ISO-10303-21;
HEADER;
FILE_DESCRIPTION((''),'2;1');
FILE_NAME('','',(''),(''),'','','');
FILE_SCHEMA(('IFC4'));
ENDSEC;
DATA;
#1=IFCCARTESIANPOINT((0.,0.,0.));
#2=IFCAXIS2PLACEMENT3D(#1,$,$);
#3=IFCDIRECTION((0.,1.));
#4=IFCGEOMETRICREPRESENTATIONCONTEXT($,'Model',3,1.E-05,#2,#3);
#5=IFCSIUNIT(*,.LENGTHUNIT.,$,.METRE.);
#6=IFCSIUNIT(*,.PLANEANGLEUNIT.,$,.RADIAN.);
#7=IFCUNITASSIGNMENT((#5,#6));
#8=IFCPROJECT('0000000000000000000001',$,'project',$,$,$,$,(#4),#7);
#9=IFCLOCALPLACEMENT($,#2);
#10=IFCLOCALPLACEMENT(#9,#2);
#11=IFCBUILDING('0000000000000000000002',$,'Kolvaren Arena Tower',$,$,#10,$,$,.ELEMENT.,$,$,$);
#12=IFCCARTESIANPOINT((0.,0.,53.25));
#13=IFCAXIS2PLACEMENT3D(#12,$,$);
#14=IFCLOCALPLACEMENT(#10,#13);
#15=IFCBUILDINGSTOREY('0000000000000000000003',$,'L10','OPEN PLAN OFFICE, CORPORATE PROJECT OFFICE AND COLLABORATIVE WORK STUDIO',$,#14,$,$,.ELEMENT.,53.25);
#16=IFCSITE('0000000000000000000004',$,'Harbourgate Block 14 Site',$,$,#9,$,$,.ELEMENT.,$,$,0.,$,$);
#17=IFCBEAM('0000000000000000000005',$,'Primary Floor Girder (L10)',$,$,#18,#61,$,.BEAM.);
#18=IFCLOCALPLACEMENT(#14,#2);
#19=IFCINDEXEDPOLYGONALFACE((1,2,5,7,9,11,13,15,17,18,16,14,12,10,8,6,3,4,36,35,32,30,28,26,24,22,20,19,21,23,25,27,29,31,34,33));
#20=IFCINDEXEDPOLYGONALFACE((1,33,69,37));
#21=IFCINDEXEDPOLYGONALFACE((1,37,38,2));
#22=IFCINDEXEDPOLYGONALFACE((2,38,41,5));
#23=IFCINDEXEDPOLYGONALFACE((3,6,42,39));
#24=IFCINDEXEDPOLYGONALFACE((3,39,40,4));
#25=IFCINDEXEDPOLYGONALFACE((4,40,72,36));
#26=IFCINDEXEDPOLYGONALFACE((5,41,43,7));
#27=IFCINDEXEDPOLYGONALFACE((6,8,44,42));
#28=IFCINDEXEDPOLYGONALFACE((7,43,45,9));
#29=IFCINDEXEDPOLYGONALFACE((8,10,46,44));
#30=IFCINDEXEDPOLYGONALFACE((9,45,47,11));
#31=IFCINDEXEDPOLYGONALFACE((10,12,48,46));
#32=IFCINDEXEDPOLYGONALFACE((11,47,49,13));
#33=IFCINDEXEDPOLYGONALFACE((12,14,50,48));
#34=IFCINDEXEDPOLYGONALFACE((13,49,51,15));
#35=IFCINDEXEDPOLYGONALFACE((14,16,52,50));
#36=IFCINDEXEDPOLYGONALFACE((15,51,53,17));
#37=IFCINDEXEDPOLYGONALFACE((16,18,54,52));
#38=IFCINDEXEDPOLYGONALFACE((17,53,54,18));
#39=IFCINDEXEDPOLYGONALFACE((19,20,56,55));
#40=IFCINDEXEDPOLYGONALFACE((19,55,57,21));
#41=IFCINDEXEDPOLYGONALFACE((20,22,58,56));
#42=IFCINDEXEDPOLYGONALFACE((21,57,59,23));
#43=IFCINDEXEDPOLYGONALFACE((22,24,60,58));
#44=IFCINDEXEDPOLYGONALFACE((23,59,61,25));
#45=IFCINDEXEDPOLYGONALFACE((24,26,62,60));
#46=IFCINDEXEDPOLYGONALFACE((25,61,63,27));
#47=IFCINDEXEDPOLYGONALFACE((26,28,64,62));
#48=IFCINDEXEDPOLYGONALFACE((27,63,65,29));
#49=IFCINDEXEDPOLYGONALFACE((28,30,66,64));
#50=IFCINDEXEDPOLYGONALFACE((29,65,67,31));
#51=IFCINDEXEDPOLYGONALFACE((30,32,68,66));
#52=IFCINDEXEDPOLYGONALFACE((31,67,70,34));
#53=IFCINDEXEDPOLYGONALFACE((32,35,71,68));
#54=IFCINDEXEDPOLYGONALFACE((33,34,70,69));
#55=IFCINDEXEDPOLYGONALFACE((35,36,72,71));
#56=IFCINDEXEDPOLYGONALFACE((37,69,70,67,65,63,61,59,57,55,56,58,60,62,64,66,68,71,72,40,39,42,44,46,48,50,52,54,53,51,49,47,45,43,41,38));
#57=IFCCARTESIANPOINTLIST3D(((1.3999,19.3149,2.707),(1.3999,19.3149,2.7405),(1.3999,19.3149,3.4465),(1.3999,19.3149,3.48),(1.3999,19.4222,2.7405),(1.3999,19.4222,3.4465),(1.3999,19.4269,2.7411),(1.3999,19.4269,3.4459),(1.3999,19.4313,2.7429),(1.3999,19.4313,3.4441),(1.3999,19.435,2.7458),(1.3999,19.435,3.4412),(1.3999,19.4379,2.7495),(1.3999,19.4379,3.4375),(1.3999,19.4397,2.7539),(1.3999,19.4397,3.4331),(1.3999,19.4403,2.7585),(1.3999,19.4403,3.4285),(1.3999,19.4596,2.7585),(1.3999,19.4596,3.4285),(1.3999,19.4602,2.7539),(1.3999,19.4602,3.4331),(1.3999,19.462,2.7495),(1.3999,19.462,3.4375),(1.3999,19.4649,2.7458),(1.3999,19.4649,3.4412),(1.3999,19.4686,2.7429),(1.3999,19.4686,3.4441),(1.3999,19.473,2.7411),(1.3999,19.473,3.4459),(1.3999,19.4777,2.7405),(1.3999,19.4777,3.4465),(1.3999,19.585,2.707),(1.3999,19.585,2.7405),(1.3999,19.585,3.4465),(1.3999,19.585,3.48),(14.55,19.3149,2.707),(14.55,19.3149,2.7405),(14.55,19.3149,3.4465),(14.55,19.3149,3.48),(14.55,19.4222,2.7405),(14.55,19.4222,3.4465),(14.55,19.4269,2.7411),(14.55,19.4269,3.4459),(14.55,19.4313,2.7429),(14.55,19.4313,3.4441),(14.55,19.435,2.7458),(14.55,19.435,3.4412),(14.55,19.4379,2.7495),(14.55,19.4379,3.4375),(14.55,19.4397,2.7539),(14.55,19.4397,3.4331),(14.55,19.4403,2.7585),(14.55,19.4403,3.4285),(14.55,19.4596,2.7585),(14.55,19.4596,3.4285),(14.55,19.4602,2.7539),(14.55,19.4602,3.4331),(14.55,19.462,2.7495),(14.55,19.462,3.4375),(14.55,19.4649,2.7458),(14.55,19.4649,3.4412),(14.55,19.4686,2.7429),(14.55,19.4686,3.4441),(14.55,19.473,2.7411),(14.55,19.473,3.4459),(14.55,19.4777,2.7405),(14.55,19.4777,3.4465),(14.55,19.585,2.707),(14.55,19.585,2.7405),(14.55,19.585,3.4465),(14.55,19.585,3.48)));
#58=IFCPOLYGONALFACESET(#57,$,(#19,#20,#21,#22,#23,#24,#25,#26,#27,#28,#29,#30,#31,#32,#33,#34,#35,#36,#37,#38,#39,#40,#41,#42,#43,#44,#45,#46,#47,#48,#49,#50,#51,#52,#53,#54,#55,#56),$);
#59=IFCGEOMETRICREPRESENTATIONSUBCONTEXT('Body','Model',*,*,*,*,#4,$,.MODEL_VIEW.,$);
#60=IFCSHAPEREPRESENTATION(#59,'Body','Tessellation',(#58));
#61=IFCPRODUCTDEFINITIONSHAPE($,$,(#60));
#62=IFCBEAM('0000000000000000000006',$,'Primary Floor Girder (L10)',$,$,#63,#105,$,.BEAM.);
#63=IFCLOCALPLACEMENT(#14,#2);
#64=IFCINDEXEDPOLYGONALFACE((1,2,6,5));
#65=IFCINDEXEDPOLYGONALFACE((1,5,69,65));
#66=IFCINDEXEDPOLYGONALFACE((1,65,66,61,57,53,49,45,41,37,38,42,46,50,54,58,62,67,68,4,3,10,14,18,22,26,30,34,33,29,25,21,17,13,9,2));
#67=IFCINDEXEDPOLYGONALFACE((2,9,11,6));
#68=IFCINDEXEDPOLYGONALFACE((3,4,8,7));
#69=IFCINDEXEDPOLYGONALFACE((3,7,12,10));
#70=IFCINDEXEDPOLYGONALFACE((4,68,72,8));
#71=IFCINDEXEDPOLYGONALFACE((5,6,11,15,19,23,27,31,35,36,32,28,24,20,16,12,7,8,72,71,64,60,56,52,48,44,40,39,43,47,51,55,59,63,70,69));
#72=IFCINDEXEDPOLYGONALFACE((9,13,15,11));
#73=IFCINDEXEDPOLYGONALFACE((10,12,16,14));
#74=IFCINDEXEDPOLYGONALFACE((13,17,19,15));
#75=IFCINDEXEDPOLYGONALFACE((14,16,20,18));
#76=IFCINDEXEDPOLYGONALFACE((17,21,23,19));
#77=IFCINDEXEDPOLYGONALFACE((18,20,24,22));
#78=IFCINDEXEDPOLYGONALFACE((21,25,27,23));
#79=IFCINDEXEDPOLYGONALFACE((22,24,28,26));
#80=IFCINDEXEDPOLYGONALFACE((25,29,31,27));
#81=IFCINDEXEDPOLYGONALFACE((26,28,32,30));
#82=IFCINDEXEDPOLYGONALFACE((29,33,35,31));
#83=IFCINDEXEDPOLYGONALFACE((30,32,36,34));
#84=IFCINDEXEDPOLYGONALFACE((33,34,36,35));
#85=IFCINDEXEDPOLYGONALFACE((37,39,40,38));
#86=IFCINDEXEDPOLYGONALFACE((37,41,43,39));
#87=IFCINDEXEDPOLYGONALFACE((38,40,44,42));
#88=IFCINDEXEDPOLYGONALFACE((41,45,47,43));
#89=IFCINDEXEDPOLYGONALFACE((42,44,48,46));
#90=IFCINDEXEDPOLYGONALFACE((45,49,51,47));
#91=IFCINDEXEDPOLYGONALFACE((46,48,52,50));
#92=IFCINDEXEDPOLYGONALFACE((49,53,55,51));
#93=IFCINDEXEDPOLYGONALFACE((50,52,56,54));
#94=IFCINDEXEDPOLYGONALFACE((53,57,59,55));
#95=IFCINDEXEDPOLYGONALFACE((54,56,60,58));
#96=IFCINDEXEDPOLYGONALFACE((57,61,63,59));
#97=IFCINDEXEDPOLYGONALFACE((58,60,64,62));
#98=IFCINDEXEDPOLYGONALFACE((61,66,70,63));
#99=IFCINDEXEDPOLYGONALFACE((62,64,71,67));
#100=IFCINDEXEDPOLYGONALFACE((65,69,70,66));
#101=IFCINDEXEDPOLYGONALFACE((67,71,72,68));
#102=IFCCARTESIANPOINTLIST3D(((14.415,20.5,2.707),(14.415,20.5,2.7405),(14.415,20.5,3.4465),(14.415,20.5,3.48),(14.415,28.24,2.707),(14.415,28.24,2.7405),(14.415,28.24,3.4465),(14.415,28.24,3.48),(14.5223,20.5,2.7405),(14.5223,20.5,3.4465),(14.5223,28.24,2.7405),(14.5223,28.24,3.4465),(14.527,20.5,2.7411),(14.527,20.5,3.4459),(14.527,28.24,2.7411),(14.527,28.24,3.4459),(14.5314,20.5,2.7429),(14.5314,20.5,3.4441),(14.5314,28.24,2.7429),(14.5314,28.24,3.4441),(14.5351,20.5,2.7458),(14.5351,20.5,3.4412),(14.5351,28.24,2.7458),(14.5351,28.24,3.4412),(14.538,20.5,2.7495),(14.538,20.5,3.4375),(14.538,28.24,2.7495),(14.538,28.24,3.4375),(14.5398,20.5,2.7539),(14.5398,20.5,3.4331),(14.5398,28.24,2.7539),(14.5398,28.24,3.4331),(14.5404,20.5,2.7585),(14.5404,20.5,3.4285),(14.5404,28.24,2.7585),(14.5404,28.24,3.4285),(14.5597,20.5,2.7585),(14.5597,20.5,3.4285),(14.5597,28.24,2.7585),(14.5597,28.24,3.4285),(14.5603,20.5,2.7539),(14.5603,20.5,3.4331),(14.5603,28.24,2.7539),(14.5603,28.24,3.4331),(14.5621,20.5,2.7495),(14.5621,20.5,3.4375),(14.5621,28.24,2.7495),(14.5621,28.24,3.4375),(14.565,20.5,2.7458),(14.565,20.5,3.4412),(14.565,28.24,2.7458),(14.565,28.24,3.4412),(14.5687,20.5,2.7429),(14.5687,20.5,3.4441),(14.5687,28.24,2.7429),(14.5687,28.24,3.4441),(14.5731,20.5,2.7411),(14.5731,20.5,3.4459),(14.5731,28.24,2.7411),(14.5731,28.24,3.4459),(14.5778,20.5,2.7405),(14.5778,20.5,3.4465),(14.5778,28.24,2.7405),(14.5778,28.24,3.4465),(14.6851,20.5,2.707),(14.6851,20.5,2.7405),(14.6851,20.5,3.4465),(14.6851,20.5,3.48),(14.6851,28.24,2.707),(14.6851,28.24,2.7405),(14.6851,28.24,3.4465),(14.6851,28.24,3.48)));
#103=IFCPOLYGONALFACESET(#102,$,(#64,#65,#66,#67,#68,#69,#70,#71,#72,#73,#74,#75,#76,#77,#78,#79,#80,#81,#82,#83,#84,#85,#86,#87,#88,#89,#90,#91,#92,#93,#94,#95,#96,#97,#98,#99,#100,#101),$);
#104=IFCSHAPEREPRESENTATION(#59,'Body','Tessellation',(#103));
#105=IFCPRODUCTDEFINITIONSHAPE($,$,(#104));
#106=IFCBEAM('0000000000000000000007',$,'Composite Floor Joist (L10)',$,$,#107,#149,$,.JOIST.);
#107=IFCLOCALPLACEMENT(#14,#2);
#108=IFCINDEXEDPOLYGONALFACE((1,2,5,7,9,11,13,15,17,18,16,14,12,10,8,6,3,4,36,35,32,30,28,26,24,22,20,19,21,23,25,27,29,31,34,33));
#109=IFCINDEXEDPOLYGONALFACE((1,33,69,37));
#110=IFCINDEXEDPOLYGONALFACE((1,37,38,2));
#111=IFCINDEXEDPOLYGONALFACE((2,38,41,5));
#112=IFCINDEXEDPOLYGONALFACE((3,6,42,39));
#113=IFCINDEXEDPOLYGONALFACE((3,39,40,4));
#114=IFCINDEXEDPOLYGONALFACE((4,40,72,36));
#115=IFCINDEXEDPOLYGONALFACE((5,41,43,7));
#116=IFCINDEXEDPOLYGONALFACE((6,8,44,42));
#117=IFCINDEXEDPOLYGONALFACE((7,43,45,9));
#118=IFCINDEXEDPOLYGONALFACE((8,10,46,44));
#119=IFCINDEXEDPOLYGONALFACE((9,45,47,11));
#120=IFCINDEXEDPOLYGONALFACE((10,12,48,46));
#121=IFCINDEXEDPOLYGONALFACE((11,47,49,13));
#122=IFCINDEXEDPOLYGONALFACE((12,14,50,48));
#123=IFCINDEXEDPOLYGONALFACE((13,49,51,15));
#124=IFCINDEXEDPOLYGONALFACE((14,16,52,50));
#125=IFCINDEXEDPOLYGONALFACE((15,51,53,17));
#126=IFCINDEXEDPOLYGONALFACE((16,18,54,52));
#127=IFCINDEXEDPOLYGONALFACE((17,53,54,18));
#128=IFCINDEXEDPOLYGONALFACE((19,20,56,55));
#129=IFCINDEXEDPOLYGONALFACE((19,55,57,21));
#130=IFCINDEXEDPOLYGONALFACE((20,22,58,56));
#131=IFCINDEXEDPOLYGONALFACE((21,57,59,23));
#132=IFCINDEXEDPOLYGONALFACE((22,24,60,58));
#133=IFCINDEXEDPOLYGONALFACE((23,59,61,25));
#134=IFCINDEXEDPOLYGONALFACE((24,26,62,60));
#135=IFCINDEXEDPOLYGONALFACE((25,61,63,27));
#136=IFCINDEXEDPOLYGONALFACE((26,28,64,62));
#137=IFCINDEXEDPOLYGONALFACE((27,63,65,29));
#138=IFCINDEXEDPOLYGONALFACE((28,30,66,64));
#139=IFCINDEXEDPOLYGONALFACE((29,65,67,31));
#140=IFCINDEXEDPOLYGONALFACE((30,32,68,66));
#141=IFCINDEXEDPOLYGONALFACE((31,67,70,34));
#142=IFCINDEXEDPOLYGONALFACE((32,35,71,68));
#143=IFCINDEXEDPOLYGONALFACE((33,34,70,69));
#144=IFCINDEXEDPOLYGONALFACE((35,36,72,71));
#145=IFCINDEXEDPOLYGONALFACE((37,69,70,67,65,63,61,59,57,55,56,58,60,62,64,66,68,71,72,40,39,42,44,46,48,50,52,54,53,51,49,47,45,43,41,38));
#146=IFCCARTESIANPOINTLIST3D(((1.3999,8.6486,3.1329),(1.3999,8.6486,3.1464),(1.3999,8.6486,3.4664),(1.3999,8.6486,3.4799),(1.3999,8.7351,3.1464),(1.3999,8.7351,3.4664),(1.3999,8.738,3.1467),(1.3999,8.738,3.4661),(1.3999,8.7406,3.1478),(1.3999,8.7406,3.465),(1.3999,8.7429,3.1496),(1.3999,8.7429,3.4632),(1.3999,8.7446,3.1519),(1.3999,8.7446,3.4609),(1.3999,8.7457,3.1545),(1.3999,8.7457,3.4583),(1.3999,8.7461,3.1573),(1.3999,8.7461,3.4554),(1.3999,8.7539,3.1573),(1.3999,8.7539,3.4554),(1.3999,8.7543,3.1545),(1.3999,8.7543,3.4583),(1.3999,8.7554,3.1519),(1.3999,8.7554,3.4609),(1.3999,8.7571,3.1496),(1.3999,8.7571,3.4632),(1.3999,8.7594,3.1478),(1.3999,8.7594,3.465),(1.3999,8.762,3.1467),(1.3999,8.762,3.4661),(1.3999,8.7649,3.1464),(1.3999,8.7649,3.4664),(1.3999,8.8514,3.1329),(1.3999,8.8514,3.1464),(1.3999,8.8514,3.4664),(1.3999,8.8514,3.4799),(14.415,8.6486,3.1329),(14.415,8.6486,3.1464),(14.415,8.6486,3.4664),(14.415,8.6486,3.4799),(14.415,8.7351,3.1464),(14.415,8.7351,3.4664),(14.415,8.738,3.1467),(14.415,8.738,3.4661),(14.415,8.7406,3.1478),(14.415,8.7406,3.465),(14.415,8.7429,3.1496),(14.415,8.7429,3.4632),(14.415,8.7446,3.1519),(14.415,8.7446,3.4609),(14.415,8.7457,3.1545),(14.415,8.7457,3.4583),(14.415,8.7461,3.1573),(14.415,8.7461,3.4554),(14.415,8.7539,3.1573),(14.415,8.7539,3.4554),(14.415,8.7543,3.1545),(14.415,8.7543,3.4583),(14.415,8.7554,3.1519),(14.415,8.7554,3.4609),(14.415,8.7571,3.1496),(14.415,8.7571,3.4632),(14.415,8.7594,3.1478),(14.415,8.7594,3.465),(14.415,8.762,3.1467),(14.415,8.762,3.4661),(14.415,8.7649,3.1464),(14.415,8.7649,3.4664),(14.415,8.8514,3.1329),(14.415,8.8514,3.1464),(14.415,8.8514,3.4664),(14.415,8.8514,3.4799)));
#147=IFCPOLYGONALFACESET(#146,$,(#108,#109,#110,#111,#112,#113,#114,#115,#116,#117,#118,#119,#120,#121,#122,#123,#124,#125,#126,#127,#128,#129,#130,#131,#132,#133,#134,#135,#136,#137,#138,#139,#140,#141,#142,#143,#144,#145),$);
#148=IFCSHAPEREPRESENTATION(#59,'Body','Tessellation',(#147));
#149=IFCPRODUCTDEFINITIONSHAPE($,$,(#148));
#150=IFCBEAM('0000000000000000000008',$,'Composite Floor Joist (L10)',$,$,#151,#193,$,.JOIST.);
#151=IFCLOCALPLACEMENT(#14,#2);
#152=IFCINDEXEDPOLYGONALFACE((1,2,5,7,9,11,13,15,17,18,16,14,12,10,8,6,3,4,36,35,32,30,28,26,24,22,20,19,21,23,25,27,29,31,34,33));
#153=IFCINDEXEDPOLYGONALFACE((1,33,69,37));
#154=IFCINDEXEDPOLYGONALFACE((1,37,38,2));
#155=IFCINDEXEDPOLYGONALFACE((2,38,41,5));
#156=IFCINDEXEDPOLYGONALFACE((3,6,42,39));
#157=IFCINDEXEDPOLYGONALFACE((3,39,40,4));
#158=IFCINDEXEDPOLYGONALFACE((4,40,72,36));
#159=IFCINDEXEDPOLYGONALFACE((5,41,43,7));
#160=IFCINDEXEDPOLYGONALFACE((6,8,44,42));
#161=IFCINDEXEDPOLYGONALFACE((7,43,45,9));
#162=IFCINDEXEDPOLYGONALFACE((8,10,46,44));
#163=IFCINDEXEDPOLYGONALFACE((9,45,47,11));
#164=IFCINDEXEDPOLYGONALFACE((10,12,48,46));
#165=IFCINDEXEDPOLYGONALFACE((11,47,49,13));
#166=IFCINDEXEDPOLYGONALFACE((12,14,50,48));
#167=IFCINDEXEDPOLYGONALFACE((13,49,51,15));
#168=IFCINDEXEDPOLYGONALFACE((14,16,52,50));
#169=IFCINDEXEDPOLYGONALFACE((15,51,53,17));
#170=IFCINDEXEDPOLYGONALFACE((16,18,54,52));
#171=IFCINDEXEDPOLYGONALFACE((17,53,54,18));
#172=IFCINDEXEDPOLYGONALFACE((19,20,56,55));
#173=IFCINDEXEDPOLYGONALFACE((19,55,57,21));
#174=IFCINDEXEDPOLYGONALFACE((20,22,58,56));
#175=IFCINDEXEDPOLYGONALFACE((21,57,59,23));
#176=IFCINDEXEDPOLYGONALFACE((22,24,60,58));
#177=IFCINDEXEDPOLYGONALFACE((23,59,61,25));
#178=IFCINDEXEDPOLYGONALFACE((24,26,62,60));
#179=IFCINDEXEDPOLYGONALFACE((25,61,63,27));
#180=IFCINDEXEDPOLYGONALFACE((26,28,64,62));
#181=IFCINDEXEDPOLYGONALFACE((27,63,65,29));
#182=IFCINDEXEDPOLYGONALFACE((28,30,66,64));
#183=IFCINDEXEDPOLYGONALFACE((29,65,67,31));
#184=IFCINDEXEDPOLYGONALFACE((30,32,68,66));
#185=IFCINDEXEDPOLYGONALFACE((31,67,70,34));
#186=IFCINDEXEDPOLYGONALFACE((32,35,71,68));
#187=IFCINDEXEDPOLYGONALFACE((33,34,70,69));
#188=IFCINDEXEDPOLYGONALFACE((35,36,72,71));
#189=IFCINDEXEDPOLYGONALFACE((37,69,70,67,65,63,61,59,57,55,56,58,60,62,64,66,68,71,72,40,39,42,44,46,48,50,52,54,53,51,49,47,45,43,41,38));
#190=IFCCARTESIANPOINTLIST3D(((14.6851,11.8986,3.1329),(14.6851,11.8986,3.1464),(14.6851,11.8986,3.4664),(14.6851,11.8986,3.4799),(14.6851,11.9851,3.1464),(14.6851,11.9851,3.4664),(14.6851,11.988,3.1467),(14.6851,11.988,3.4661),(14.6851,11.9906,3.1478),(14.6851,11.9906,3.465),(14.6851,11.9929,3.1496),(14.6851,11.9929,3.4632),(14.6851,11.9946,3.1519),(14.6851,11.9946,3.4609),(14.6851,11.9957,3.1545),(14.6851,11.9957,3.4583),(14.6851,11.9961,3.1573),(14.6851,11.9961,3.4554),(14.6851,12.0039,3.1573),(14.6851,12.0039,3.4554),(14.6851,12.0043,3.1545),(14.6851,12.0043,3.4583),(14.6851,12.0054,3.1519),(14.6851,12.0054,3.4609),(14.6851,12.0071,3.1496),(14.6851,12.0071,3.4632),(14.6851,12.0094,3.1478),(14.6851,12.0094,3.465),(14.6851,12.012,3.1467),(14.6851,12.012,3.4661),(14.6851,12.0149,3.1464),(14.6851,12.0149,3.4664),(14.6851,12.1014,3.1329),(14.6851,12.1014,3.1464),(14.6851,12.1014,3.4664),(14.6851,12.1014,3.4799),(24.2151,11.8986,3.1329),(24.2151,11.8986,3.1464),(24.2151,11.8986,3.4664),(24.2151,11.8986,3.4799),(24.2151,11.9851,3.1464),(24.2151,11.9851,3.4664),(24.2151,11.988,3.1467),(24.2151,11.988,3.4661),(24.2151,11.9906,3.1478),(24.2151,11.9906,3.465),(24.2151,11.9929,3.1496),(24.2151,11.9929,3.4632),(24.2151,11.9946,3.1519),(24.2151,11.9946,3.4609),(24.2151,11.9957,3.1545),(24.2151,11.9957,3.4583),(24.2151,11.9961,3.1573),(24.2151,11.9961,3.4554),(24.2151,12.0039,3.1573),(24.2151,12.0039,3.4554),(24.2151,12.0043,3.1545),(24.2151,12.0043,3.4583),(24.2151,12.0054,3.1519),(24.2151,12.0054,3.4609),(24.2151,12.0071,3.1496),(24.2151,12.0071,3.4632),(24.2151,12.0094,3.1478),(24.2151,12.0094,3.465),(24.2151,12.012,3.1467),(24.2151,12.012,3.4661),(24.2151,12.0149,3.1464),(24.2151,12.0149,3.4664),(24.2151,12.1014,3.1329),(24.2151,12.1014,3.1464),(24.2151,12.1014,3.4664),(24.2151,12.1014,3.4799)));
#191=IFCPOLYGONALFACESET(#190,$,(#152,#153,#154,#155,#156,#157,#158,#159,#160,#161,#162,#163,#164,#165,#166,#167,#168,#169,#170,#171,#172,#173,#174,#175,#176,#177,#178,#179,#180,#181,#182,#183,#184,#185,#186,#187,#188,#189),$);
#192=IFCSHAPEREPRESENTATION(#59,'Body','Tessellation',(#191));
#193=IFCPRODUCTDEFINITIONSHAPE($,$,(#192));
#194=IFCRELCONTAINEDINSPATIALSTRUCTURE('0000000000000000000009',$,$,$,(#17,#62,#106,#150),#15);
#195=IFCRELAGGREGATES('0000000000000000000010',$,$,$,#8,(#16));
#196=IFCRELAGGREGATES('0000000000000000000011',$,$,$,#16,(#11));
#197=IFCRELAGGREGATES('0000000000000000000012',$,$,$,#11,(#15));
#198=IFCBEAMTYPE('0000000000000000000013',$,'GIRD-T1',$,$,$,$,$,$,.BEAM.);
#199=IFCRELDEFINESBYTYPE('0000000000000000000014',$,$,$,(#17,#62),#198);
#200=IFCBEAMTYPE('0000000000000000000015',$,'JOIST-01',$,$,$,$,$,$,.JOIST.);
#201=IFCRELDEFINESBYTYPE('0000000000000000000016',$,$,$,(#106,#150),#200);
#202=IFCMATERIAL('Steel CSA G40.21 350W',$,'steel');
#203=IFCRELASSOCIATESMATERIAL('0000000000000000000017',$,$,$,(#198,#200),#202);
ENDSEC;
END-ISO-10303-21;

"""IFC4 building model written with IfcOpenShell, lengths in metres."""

from ifc_helpers import new_model, si_unit, direction, frame, origin, origin_2d, place, context, subcontext, project, spatial, i_section, extrude, material, material_profile, profile_set, type_object, element, save


model = new_model("IFC4")

# Units and contexts
model_context = context("Model", 3, precision=1e-05, world=origin(), true_north=direction((0.0, 1.0)))
body_context = subcontext(model_context, "Body", "Model", "MODEL_VIEW")
ifc_project = project(units=[si_unit("LENGTHUNIT", "METRE"), si_unit("PLANEANGLEUNIT", "RADIAN")], contexts=[model_context])

# Site, building, storey
site_placement = place(None, origin())
site = spatial("IfcSite", under=ifc_project, at=site_placement, Name="Harbourgate Block 14 Site", CompositionType="ELEMENT", RefElevation=0.0)
building_placement = place(site_placement, origin())
building = spatial("IfcBuilding", under=site, at=building_placement, Name="Kolvaren Arena Tower", CompositionType="ELEMENT")
storey_placement = place(building_placement, frame((0.0, 0.0, 53.25)))
storey = spatial("IfcBuildingStorey", under=building, at=storey_placement, Name="L10", Description="OPEN PLAN OFFICE, CORPORATE PROJECT OFFICE AND COLLABORATIVE WORK STUDIO", CompositionType="ELEMENT", Elevation=53.25)

# Beams
ifc_material_1 = material(Name="Steel CSA G40.21 350W", Category="steel")
ifc_material_profile_1 = material_profile(ifc_material_1, i_section(OverallWidth=0.27, OverallDepth=0.7729, WebThickness=0.0193, FlangeThickness=0.0334, FilletRadius=0.0181, at=origin_2d()), Name="W760x257")
ifc_profile_set_1 = profile_set([ifc_material_profile_1], Name="Steel CSA G40.21 350W")
beam_type_1 = type_object("IfcBeamType", Name="GIRD-T1", PredefinedType="BEAM", material=ifc_profile_set_1)
beam_1_placement = place(storey_placement, frame((1.3999, 19.45, 3.0935), z_axis=(1.0, 0.0, 0.0), x_axis=(0.0, 1.0, 0.0)))
element("IfcBeam", 1, at=beam_1_placement, inside=storey, type_object=beam_type_1, Name="Primary Floor Girder (L10)", PredefinedType="BEAM", context=body_context, shape_type="SweptSolid", body=[
    extrude(i_section(OverallWidth=0.27, OverallDepth=0.7729, WebThickness=0.0193, FlangeThickness=0.0334, FilletRadius=0.0181, at=origin_2d()), origin(), (0.0, 0.0, 1.0), 13.1501),
])
beam_2_placement = place(storey_placement, frame((14.55, 20.5, 3.0935), z_axis=(0.0, 1.0, 0.0), x_axis=(-1.0, 0.0, 0.0)))
element("IfcBeam", 2, at=beam_2_placement, inside=storey, type_object=beam_type_1, Name="Primary Floor Girder (L10)", PredefinedType="BEAM", context=body_context, shape_type="SweptSolid", body=[
    extrude(i_section(OverallWidth=0.27, OverallDepth=0.7729, WebThickness=0.0193, FlangeThickness=0.0334, FilletRadius=0.0181, at=origin_2d()), origin(), (0.0, 0.0, 1.0), 7.74),
])
ifc_material_profile_2 = material_profile(ifc_material_1, i_section(OverallWidth=0.2029, OverallDepth=0.3469, WebThickness=0.0078, FlangeThickness=0.0134, FilletRadius=0.011, at=origin_2d()), Name="W360x64")
ifc_profile_set_2 = profile_set([ifc_material_profile_2], Name="Steel CSA G40.21 350W")
beam_type_2 = type_object("IfcBeamType", Name="JOIST-01", PredefinedType="JOIST", material=ifc_profile_set_2)
beam_3_placement = place(storey_placement, frame((1.3999, 8.75, 3.3064), z_axis=(1.0, 0.0, 0.0), x_axis=(0.0, 1.0, 0.0)))
element("IfcBeam", 3, at=beam_3_placement, inside=storey, type_object=beam_type_2, Name="Composite Floor Joist (L10)", PredefinedType="JOIST", context=body_context, shape_type="SweptSolid", body=[
    extrude(i_section(OverallWidth=0.2029, OverallDepth=0.3469, WebThickness=0.0078, FlangeThickness=0.0134, FilletRadius=0.011, at=origin_2d()), origin(), (0.0, 0.0, 1.0), 13.0151),
])
beam_4_placement = place(storey_placement, frame((14.6851, 12.0, 3.3064), z_axis=(1.0, 0.0, 0.0), x_axis=(0.0, 1.0, 0.0)))
element("IfcBeam", 4, at=beam_4_placement, inside=storey, type_object=beam_type_2, Name="Composite Floor Joist (L10)", PredefinedType="JOIST", context=body_context, shape_type="SweptSolid", body=[
    extrude(i_section(OverallWidth=0.2029, OverallDepth=0.3469, WebThickness=0.0078, FlangeThickness=0.0134, FilletRadius=0.011, at=origin_2d()), origin(), (0.0, 0.0, 1.0), 9.53),
])

save(model, "model.ifc")
